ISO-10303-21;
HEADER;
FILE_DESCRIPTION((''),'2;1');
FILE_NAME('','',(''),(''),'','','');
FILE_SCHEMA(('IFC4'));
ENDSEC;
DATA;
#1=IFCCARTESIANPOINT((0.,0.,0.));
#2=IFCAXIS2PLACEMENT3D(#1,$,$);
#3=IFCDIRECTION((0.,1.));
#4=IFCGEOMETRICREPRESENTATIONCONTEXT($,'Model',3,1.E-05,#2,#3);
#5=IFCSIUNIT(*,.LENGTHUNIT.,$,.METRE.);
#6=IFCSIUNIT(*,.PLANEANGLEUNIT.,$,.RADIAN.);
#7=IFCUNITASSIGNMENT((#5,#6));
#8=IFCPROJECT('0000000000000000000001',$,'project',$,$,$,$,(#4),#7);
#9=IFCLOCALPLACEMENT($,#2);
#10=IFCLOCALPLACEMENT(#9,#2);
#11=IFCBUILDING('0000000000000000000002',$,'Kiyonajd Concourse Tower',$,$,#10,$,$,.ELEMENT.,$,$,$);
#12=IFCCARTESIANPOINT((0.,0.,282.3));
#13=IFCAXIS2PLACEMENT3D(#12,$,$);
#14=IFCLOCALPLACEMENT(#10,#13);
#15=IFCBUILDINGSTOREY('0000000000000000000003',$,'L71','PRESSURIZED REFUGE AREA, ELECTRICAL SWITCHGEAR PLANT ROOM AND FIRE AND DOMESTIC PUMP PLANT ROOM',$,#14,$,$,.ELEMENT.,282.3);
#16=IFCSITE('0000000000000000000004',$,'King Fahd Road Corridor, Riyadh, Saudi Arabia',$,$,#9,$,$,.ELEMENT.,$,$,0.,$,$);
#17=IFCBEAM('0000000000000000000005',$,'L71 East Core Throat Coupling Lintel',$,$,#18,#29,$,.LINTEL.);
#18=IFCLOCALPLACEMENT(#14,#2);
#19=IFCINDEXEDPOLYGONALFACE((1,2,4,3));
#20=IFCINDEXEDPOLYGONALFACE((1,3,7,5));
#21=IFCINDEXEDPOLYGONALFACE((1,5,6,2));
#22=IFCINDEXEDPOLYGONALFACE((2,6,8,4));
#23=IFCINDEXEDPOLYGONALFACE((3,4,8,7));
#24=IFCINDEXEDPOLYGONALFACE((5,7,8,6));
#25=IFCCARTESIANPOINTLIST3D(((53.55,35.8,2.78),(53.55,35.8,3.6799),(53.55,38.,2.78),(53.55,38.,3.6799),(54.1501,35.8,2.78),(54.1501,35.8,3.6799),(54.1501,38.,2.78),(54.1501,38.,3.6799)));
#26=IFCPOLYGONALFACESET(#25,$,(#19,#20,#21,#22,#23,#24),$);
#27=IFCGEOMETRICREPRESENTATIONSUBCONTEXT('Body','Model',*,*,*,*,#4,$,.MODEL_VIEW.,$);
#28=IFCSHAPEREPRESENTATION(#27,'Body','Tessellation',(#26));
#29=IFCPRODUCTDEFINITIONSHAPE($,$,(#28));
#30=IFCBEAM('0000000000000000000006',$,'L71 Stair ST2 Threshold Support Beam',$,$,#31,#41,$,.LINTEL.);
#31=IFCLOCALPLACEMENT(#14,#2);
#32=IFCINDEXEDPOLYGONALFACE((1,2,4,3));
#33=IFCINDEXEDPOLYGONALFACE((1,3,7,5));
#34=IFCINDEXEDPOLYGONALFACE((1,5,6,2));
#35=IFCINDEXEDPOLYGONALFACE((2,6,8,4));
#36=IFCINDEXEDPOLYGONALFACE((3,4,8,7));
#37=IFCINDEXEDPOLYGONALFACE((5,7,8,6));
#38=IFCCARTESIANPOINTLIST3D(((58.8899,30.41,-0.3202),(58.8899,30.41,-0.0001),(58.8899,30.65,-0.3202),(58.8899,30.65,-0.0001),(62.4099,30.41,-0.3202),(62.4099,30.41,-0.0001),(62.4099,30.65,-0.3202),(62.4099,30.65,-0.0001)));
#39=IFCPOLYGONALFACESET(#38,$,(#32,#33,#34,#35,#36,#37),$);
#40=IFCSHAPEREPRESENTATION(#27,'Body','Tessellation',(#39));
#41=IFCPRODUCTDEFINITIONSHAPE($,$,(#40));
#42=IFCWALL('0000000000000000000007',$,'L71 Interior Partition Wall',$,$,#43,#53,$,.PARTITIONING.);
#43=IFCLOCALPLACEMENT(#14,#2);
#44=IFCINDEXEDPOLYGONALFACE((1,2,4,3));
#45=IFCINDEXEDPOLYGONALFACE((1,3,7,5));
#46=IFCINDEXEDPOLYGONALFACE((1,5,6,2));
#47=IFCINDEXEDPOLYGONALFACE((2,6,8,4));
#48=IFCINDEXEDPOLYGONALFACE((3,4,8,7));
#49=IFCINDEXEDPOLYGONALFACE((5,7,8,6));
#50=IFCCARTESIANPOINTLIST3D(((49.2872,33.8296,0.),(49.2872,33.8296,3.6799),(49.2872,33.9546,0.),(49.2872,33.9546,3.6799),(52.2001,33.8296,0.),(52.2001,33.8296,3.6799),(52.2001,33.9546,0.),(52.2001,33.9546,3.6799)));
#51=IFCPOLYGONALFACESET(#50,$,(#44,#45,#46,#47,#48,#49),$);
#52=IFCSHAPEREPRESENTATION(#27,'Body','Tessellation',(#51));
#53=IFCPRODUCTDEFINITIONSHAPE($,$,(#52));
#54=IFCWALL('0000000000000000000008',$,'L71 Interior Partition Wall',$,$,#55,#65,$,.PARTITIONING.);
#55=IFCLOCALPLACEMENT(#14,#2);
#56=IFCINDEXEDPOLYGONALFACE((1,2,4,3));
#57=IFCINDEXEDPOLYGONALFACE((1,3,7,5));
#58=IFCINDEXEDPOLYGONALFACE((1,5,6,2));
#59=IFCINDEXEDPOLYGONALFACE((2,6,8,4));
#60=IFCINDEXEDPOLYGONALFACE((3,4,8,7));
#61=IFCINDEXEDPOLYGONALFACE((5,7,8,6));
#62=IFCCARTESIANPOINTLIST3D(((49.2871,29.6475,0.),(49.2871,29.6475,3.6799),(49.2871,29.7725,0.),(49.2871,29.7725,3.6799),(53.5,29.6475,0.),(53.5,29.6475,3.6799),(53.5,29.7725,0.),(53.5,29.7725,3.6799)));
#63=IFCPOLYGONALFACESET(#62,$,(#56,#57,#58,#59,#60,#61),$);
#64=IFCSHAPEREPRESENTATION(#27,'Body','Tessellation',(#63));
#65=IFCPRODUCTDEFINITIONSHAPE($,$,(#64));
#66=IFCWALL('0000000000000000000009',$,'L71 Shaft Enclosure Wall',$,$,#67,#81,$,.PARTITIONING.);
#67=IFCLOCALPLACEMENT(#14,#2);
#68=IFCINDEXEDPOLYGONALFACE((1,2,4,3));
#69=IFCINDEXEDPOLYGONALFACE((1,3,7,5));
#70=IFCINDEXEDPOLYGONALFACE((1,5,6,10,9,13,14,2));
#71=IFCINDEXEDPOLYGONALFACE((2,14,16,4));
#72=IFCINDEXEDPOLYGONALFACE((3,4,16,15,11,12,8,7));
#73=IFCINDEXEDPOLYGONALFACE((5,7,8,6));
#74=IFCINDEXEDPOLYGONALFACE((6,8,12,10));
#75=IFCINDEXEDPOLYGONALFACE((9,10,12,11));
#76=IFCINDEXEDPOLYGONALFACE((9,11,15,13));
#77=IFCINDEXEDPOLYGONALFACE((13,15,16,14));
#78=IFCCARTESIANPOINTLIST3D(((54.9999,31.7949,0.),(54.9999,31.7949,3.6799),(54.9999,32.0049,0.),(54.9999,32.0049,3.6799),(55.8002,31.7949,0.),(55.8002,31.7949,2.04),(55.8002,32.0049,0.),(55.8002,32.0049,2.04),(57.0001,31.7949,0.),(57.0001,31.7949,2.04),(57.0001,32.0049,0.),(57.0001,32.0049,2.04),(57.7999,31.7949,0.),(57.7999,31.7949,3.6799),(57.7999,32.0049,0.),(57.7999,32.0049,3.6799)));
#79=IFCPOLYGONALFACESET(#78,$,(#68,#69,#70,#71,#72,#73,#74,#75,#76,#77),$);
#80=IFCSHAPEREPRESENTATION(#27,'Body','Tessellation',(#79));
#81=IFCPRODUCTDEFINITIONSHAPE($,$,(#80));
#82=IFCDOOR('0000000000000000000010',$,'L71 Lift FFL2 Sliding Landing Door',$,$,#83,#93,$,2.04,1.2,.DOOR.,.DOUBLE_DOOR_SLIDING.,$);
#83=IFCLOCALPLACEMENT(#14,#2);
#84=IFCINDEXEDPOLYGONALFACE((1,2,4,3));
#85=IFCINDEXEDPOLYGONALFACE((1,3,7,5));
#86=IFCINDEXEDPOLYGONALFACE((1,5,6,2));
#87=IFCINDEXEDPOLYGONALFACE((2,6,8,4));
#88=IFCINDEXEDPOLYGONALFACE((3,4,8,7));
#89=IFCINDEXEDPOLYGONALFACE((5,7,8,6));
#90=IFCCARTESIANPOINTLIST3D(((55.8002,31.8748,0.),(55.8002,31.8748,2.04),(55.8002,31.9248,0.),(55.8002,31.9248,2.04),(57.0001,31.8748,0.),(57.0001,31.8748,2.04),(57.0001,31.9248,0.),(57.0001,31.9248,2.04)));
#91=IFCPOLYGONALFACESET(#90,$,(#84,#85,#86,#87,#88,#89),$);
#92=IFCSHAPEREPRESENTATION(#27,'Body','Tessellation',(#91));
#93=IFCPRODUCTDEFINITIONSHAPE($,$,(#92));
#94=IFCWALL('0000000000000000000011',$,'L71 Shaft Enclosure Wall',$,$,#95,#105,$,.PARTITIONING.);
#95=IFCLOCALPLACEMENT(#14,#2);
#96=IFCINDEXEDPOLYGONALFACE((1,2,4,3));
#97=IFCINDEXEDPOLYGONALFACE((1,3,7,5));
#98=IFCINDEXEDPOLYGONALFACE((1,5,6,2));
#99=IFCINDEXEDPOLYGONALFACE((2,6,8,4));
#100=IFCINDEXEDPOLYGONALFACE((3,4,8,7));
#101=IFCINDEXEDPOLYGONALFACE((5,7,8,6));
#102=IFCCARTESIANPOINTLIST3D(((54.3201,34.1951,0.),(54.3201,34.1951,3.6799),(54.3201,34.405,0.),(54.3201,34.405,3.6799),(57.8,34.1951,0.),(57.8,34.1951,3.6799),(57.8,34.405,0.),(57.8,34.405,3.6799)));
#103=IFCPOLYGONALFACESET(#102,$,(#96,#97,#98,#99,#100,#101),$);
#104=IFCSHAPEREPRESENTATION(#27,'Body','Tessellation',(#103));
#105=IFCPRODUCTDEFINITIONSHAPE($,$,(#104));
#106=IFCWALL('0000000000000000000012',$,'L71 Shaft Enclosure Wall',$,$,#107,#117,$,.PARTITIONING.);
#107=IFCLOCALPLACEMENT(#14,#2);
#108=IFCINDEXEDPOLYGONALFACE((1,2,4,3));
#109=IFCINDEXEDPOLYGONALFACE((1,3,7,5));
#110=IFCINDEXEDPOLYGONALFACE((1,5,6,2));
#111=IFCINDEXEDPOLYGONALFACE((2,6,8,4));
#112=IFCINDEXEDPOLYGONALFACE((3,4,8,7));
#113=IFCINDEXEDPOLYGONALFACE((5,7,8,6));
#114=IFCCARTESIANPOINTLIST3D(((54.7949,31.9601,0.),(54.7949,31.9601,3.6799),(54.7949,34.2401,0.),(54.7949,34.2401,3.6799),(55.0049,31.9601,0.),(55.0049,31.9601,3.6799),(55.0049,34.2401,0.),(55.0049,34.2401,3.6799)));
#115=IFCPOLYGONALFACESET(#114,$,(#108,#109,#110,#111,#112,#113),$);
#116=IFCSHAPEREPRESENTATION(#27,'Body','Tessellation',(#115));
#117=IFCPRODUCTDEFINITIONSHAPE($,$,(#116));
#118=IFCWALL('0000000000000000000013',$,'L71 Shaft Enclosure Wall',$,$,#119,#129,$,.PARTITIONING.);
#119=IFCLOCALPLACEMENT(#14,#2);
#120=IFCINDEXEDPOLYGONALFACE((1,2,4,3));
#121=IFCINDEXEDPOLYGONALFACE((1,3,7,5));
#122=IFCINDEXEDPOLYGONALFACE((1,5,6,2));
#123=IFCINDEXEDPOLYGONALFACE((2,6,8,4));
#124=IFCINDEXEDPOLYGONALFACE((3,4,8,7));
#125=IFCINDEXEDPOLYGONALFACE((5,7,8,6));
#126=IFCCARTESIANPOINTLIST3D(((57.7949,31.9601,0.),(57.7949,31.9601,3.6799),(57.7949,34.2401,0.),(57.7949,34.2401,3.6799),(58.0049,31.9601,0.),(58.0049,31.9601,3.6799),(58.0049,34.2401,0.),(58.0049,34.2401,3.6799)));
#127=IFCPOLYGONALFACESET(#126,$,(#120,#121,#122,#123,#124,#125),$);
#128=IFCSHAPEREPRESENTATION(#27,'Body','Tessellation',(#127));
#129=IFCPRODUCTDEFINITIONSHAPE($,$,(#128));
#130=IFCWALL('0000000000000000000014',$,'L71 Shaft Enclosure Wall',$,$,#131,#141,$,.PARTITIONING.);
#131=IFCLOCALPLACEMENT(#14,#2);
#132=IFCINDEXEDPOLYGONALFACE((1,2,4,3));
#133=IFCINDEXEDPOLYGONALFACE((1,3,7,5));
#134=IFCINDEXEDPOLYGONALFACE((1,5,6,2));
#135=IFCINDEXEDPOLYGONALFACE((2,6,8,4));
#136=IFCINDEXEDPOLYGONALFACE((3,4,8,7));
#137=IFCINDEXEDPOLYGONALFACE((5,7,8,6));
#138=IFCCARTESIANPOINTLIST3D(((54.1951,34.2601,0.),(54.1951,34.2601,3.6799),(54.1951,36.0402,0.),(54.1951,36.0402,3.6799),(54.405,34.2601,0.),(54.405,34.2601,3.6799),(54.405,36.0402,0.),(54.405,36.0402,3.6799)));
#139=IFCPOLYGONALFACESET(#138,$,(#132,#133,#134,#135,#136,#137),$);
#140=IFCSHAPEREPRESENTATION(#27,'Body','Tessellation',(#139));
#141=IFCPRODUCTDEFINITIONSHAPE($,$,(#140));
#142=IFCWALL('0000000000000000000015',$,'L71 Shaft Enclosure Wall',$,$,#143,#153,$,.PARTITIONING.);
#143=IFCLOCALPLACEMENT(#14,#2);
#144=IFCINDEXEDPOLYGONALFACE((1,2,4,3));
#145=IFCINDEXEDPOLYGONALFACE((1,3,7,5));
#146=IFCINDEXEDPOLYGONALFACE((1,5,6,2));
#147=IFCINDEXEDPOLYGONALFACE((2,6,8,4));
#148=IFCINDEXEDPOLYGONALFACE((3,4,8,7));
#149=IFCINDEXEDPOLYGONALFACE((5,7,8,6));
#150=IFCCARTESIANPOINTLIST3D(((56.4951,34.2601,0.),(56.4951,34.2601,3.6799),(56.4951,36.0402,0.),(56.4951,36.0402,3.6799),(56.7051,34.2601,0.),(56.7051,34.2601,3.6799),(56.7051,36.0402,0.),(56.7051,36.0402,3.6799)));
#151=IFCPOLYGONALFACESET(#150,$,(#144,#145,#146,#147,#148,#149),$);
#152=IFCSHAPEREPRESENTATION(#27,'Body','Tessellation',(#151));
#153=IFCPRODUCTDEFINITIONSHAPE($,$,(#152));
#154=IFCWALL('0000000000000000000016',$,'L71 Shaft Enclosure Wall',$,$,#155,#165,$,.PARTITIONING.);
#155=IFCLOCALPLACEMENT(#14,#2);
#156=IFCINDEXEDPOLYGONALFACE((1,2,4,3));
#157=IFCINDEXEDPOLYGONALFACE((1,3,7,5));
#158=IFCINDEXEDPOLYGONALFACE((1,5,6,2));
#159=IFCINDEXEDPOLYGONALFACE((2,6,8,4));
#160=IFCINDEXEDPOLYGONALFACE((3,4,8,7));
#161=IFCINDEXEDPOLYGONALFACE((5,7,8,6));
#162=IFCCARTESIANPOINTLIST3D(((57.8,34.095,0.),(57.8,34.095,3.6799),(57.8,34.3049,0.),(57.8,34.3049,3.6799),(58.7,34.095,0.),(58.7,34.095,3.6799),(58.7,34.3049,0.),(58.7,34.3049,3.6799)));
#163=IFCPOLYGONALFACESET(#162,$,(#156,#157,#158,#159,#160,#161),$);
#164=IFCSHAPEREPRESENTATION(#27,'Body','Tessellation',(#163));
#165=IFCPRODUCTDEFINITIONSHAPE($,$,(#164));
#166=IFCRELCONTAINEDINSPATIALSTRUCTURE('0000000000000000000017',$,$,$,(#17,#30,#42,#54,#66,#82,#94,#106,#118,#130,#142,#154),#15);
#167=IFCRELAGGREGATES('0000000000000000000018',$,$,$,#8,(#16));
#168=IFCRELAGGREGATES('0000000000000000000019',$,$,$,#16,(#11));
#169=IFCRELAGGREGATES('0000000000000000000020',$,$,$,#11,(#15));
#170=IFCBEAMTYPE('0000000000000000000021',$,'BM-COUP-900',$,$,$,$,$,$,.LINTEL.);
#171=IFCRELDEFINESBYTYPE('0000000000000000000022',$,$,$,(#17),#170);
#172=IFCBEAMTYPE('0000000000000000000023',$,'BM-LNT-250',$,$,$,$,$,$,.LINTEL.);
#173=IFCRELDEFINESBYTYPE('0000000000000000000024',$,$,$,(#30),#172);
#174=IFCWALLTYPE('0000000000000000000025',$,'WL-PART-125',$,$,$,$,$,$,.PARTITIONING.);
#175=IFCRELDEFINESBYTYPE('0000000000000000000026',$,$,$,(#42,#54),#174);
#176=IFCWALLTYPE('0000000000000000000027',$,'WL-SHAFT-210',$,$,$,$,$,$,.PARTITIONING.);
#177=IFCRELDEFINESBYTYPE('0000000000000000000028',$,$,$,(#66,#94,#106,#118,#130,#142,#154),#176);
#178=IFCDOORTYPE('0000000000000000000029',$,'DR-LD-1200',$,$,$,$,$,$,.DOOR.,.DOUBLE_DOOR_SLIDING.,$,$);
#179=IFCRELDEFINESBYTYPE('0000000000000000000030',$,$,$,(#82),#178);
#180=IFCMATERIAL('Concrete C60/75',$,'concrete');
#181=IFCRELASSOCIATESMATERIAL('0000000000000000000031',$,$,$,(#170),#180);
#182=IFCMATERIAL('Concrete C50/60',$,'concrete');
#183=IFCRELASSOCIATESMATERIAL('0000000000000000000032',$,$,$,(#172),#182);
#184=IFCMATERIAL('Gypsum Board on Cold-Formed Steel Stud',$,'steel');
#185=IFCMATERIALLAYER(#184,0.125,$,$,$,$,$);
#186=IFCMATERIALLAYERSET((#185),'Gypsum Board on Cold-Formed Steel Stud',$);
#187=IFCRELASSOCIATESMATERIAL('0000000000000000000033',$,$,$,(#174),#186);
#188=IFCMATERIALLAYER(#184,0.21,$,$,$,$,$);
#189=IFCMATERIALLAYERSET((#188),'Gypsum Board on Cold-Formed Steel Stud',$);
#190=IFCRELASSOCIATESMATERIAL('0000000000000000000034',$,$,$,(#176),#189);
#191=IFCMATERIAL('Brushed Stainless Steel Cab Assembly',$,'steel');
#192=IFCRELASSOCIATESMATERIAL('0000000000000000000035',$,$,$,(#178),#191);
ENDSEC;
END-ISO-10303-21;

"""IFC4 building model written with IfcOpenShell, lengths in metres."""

from ifc_helpers import new_model, si_unit, direction, frame, frame_2d, origin, origin_2d, place, context, subcontext, project, spatial, rectangle, extrude, material, layer, layer_set, material_profile, profile_set, type_object, element, fill, save


model = new_model("IFC4")

# Units and contexts
model_context = context("Model", 3, precision=1e-05, world=origin(), true_north=direction((0.0, 1.0)))
body_context = subcontext(model_context, "Body", "Model", "MODEL_VIEW")
ifc_project = project(units=[si_unit("LENGTHUNIT", "METRE"), si_unit("PLANEANGLEUNIT", "RADIAN")], contexts=[model_context])

# Site, building, storey
site_placement = place(None, origin())
site = spatial("IfcSite", under=ifc_project, at=site_placement, Name="King Fahd Road Corridor, Riyadh, Saudi Arabia", CompositionType="ELEMENT", RefElevation=0.0)
building_placement = place(site_placement, origin())
building = spatial("IfcBuilding", under=site, at=building_placement, Name="Kiyonajd Concourse Tower", CompositionType="ELEMENT")
storey_placement = place(building_placement, frame((0.0, 0.0, 282.3)))
storey = spatial("IfcBuildingStorey", under=building, at=storey_placement, Name="L71", Description="PRESSURIZED REFUGE AREA, ELECTRICAL SWITCHGEAR PLANT ROOM AND FIRE AND DOMESTIC PUMP PLANT ROOM", CompositionType="ELEMENT", Elevation=282.3)

# Beams
ifc_material_1 = material(Name="Concrete C60/75", Category="concrete")
ifc_material_profile_1 = material_profile(ifc_material_1, rectangle(XDim=0.6001, YDim=0.8999, at=origin_2d()), Name="RCBM-600x900")
ifc_profile_set_1 = profile_set([ifc_material_profile_1], Name="Concrete C60/75")
beam_type_1 = type_object("IfcBeamType", Name="BM-COUP-900", PredefinedType="LINTEL", material=ifc_profile_set_1)
beam_1_placement = place(storey_placement, frame((53.8501, 35.8, 3.23), z_axis=(0.0, 1.0, 0.0), x_axis=(-1.0, 0.0, 0.0)))
element("IfcBeam", 1, at=beam_1_placement, inside=storey, type_object=beam_type_1, Name="L71 East Core Throat Coupling Lintel", PredefinedType="LINTEL", context=body_context, shape_type="SweptSolid", body=[
    extrude(rectangle(XDim=0.6001, YDim=0.8999, at=origin_2d()), origin(), (0.0, 0.0, 1.0), 2.2),
])
ifc_material_2 = material(Name="Concrete C50/60", Category="concrete")
ifc_material_profile_2 = material_profile(ifc_material_2, rectangle(XDim=0.24, YDim=0.3201, at=origin_2d()), Name="RCBM-240x320")
ifc_profile_set_2 = profile_set([ifc_material_profile_2], Name="Concrete C50/60")
beam_type_2 = type_object("IfcBeamType", Name="BM-LNT-250", PredefinedType="LINTEL", material=ifc_profile_set_2)
beam_2_placement = place(storey_placement, frame((58.8899, 30.53, -0.1602), z_axis=(1.0, 0.0, 0.0), x_axis=(0.0, 1.0, 0.0)))
element("IfcBeam", 2, at=beam_2_placement, inside=storey, type_object=beam_type_2, Name="L71 Stair ST2 Threshold Support Beam", PredefinedType="LINTEL", context=body_context, shape_type="SweptSolid", body=[
    extrude(rectangle(XDim=0.24, YDim=0.3201, at=origin_2d()), origin(), (0.0, 0.0, 1.0), 3.52),
])

# Walls
ifc_material_3 = material(Name="Gypsum Board on Cold-Formed Steel Stud", Category="steel")
ifc_layer_1 = layer(ifc_material_3, 0.125)
ifc_layer_set_1 = layer_set([ifc_layer_1], Name="Gypsum Board on Cold-Formed Steel Stud")
wall_type_1 = type_object("IfcWallType", Name="WL-PART-125", PredefinedType="PARTITIONING", material=ifc_layer_set_1)
wall_1_placement = place(storey_placement, frame((49.2871, 33.8921, 0.0), z_axis=(0.0, 0.0, 1.0), x_axis=(1.0, 0.0, 0.0)))
element("IfcWall", 3, at=wall_1_placement, inside=storey, type_object=wall_type_1, Name="L71 Interior Partition Wall", PredefinedType="PARTITIONING", context=body_context, shape_type="SweptSolid", body=[
    extrude(rectangle(XDim=2.9128, YDim=0.125, at=frame_2d((1.4565, 0.0))), origin(), (0.0, 0.0, 1.0), 3.6799),
])
wall_2_placement = place(storey_placement, frame((49.2871, 29.71, 0.0), z_axis=(0.0, 0.0, 1.0), x_axis=(1.0, 0.0, 0.0)))
element("IfcWall", 4, at=wall_2_placement, inside=storey, type_object=wall_type_1, Name="L71 Interior Partition Wall", PredefinedType="PARTITIONING", context=body_context, shape_type="SweptSolid", body=[
    extrude(rectangle(XDim=4.2129, YDim=0.125, at=frame_2d((2.1064, 0.0))), origin(), (0.0, 0.0, 1.0), 3.6799),
])

# Wall, opening, door
ifc_layer_2 = layer(ifc_material_3, 0.21)
ifc_layer_set_2 = layer_set([ifc_layer_2], Name="Gypsum Board on Cold-Formed Steel Stud")
wall_type_2 = type_object("IfcWallType", Name="WL-SHAFT-210", PredefinedType="PARTITIONING", material=ifc_layer_set_2)
wall_3_placement = place(storey_placement, frame((55.0, 31.8999, 0.0), z_axis=(0.0, 0.0, 1.0), x_axis=(1.0, 0.0, 0.0)))
wall_3 = element("IfcWall", 5, at=wall_3_placement, inside=storey, type_object=wall_type_2, Name="L71 Shaft Enclosure Wall", PredefinedType="PARTITIONING", context=body_context, shape_type="SweptSolid", body=[
    extrude(rectangle(XDim=2.8, YDim=0.21, at=frame_2d((1.3999, 0.0))), origin(), (0.0, 0.0, 1.0), 3.6799),
])
opening_1_placement = place(wall_3_placement, frame((0.8, 0.0, 0.0)))
opening_1 = element("IfcOpeningElement", 6, at=opening_1_placement, cuts=wall_3, PredefinedType="OPENING", context=body_context, shape_type="SweptSolid", body=[
    extrude(rectangle(XDim=1.2, YDim=2.04, at=frame_2d((0.6001, 1.02))), frame((0.0, 0.115, 0.0), z_axis=(0.0, -1.0, 0.0), x_axis=(1.0, 0.0, 0.0)), (0.0, 0.0, 1.0), 0.23),
])
ifc_material_4 = material(Name="Brushed Stainless Steel Cab Assembly", Category="steel")
door_type_1 = type_object("IfcDoorType", Name="DR-LD-1200", OperationType="DOUBLE_DOOR_SLIDING", PredefinedType="DOOR", material=ifc_material_4)
door_1_placement = place(opening_1_placement, origin())
door_1 = element("IfcDoor", 7, at=door_1_placement, inside=storey, type_object=door_type_1, Name="L71 Lift FFL2 Sliding Landing Door", OperationType="DOUBLE_DOOR_SLIDING", OverallHeight=2.04, OverallWidth=1.2, PredefinedType="DOOR", context=body_context, shape_type="SweptSolid", body=[
    extrude(rectangle(XDim=1.2, YDim=2.04, at=frame_2d((0.6001, 1.02))), frame((0.0, 0.0249, 0.0), z_axis=(0.0, -1.0, 0.0), x_axis=(1.0, 0.0, 0.0)), (0.0, 0.0, 1.0), 0.05),
])
fill(opening_1, door_1)

# Walls
wall_4_placement = place(storey_placement, frame((54.3201, 34.3, 0.0), z_axis=(0.0, 0.0, 1.0), x_axis=(1.0, 0.0, 0.0)))
element("IfcWall", 8, at=wall_4_placement, inside=storey, type_object=wall_type_2, Name="L71 Shaft Enclosure Wall", PredefinedType="PARTITIONING", context=body_context, shape_type="SweptSolid", body=[
    extrude(rectangle(XDim=3.48, YDim=0.21, at=frame_2d((1.74, 0.0))), origin(), (0.0, 0.0, 1.0), 3.6799),
])
for number, where, z_axis, x_axis, name in (
    (9, (54.8999, 31.96, 0.0), (0.0, 0.0, 1.0), (0.0, 1.0, 0.0), "L71 Shaft Enclosure Wall"),
    (10, (57.8999, 31.96, 0.0), (0.0, 0.0, 1.0), (0.0, 1.0, 0.0), "L71 Shaft Enclosure Wall"),
):
    element("IfcWall", number, at=place(storey_placement, frame(where, z_axis=z_axis, x_axis=x_axis)), inside=storey, type_object=wall_type_2, Name=name, PredefinedType="PARTITIONING", context=body_context, shape_type="SweptSolid", body=[
        extrude(rectangle(XDim=2.28, YDim=0.21, at=frame_2d((1.1401, 0.0))), origin(), (0.0, 0.0, 1.0), 3.6799),
    ])
for number, where, z_axis, x_axis, name in (
    (11, (54.3, 34.26, 0.0), (0.0, 0.0, 1.0), (0.0, 1.0, 0.0), "L71 Shaft Enclosure Wall"),
    (12, (56.6001, 34.26, 0.0), (0.0, 0.0, 1.0), (0.0, 1.0, 0.0), "L71 Shaft Enclosure Wall"),
):
    element("IfcWall", number, at=place(storey_placement, frame(where, z_axis=z_axis, x_axis=x_axis)), inside=storey, type_object=wall_type_2, Name=name, PredefinedType="PARTITIONING", context=body_context, shape_type="SweptSolid", body=[
        extrude(rectangle(XDim=1.78, YDim=0.21, at=frame_2d((0.8901, 0.0))), origin(), (0.0, 0.0, 1.0), 3.6799),
    ])
wall_5_placement = place(storey_placement, frame((57.8, 34.2, 0.0), z_axis=(0.0, 0.0, 1.0), x_axis=(1.0, 0.0, 0.0)))
element("IfcWall", 13, at=wall_5_placement, inside=storey, type_object=wall_type_2, Name="L71 Shaft Enclosure Wall", PredefinedType="PARTITIONING", context=body_context, shape_type="SweptSolid", body=[
    extrude(rectangle(XDim=0.8999, YDim=0.21, at=frame_2d((0.45, 0.0))), origin(), (0.0, 0.0, 1.0), 3.6799),
])

save(model, "model.ifc")
